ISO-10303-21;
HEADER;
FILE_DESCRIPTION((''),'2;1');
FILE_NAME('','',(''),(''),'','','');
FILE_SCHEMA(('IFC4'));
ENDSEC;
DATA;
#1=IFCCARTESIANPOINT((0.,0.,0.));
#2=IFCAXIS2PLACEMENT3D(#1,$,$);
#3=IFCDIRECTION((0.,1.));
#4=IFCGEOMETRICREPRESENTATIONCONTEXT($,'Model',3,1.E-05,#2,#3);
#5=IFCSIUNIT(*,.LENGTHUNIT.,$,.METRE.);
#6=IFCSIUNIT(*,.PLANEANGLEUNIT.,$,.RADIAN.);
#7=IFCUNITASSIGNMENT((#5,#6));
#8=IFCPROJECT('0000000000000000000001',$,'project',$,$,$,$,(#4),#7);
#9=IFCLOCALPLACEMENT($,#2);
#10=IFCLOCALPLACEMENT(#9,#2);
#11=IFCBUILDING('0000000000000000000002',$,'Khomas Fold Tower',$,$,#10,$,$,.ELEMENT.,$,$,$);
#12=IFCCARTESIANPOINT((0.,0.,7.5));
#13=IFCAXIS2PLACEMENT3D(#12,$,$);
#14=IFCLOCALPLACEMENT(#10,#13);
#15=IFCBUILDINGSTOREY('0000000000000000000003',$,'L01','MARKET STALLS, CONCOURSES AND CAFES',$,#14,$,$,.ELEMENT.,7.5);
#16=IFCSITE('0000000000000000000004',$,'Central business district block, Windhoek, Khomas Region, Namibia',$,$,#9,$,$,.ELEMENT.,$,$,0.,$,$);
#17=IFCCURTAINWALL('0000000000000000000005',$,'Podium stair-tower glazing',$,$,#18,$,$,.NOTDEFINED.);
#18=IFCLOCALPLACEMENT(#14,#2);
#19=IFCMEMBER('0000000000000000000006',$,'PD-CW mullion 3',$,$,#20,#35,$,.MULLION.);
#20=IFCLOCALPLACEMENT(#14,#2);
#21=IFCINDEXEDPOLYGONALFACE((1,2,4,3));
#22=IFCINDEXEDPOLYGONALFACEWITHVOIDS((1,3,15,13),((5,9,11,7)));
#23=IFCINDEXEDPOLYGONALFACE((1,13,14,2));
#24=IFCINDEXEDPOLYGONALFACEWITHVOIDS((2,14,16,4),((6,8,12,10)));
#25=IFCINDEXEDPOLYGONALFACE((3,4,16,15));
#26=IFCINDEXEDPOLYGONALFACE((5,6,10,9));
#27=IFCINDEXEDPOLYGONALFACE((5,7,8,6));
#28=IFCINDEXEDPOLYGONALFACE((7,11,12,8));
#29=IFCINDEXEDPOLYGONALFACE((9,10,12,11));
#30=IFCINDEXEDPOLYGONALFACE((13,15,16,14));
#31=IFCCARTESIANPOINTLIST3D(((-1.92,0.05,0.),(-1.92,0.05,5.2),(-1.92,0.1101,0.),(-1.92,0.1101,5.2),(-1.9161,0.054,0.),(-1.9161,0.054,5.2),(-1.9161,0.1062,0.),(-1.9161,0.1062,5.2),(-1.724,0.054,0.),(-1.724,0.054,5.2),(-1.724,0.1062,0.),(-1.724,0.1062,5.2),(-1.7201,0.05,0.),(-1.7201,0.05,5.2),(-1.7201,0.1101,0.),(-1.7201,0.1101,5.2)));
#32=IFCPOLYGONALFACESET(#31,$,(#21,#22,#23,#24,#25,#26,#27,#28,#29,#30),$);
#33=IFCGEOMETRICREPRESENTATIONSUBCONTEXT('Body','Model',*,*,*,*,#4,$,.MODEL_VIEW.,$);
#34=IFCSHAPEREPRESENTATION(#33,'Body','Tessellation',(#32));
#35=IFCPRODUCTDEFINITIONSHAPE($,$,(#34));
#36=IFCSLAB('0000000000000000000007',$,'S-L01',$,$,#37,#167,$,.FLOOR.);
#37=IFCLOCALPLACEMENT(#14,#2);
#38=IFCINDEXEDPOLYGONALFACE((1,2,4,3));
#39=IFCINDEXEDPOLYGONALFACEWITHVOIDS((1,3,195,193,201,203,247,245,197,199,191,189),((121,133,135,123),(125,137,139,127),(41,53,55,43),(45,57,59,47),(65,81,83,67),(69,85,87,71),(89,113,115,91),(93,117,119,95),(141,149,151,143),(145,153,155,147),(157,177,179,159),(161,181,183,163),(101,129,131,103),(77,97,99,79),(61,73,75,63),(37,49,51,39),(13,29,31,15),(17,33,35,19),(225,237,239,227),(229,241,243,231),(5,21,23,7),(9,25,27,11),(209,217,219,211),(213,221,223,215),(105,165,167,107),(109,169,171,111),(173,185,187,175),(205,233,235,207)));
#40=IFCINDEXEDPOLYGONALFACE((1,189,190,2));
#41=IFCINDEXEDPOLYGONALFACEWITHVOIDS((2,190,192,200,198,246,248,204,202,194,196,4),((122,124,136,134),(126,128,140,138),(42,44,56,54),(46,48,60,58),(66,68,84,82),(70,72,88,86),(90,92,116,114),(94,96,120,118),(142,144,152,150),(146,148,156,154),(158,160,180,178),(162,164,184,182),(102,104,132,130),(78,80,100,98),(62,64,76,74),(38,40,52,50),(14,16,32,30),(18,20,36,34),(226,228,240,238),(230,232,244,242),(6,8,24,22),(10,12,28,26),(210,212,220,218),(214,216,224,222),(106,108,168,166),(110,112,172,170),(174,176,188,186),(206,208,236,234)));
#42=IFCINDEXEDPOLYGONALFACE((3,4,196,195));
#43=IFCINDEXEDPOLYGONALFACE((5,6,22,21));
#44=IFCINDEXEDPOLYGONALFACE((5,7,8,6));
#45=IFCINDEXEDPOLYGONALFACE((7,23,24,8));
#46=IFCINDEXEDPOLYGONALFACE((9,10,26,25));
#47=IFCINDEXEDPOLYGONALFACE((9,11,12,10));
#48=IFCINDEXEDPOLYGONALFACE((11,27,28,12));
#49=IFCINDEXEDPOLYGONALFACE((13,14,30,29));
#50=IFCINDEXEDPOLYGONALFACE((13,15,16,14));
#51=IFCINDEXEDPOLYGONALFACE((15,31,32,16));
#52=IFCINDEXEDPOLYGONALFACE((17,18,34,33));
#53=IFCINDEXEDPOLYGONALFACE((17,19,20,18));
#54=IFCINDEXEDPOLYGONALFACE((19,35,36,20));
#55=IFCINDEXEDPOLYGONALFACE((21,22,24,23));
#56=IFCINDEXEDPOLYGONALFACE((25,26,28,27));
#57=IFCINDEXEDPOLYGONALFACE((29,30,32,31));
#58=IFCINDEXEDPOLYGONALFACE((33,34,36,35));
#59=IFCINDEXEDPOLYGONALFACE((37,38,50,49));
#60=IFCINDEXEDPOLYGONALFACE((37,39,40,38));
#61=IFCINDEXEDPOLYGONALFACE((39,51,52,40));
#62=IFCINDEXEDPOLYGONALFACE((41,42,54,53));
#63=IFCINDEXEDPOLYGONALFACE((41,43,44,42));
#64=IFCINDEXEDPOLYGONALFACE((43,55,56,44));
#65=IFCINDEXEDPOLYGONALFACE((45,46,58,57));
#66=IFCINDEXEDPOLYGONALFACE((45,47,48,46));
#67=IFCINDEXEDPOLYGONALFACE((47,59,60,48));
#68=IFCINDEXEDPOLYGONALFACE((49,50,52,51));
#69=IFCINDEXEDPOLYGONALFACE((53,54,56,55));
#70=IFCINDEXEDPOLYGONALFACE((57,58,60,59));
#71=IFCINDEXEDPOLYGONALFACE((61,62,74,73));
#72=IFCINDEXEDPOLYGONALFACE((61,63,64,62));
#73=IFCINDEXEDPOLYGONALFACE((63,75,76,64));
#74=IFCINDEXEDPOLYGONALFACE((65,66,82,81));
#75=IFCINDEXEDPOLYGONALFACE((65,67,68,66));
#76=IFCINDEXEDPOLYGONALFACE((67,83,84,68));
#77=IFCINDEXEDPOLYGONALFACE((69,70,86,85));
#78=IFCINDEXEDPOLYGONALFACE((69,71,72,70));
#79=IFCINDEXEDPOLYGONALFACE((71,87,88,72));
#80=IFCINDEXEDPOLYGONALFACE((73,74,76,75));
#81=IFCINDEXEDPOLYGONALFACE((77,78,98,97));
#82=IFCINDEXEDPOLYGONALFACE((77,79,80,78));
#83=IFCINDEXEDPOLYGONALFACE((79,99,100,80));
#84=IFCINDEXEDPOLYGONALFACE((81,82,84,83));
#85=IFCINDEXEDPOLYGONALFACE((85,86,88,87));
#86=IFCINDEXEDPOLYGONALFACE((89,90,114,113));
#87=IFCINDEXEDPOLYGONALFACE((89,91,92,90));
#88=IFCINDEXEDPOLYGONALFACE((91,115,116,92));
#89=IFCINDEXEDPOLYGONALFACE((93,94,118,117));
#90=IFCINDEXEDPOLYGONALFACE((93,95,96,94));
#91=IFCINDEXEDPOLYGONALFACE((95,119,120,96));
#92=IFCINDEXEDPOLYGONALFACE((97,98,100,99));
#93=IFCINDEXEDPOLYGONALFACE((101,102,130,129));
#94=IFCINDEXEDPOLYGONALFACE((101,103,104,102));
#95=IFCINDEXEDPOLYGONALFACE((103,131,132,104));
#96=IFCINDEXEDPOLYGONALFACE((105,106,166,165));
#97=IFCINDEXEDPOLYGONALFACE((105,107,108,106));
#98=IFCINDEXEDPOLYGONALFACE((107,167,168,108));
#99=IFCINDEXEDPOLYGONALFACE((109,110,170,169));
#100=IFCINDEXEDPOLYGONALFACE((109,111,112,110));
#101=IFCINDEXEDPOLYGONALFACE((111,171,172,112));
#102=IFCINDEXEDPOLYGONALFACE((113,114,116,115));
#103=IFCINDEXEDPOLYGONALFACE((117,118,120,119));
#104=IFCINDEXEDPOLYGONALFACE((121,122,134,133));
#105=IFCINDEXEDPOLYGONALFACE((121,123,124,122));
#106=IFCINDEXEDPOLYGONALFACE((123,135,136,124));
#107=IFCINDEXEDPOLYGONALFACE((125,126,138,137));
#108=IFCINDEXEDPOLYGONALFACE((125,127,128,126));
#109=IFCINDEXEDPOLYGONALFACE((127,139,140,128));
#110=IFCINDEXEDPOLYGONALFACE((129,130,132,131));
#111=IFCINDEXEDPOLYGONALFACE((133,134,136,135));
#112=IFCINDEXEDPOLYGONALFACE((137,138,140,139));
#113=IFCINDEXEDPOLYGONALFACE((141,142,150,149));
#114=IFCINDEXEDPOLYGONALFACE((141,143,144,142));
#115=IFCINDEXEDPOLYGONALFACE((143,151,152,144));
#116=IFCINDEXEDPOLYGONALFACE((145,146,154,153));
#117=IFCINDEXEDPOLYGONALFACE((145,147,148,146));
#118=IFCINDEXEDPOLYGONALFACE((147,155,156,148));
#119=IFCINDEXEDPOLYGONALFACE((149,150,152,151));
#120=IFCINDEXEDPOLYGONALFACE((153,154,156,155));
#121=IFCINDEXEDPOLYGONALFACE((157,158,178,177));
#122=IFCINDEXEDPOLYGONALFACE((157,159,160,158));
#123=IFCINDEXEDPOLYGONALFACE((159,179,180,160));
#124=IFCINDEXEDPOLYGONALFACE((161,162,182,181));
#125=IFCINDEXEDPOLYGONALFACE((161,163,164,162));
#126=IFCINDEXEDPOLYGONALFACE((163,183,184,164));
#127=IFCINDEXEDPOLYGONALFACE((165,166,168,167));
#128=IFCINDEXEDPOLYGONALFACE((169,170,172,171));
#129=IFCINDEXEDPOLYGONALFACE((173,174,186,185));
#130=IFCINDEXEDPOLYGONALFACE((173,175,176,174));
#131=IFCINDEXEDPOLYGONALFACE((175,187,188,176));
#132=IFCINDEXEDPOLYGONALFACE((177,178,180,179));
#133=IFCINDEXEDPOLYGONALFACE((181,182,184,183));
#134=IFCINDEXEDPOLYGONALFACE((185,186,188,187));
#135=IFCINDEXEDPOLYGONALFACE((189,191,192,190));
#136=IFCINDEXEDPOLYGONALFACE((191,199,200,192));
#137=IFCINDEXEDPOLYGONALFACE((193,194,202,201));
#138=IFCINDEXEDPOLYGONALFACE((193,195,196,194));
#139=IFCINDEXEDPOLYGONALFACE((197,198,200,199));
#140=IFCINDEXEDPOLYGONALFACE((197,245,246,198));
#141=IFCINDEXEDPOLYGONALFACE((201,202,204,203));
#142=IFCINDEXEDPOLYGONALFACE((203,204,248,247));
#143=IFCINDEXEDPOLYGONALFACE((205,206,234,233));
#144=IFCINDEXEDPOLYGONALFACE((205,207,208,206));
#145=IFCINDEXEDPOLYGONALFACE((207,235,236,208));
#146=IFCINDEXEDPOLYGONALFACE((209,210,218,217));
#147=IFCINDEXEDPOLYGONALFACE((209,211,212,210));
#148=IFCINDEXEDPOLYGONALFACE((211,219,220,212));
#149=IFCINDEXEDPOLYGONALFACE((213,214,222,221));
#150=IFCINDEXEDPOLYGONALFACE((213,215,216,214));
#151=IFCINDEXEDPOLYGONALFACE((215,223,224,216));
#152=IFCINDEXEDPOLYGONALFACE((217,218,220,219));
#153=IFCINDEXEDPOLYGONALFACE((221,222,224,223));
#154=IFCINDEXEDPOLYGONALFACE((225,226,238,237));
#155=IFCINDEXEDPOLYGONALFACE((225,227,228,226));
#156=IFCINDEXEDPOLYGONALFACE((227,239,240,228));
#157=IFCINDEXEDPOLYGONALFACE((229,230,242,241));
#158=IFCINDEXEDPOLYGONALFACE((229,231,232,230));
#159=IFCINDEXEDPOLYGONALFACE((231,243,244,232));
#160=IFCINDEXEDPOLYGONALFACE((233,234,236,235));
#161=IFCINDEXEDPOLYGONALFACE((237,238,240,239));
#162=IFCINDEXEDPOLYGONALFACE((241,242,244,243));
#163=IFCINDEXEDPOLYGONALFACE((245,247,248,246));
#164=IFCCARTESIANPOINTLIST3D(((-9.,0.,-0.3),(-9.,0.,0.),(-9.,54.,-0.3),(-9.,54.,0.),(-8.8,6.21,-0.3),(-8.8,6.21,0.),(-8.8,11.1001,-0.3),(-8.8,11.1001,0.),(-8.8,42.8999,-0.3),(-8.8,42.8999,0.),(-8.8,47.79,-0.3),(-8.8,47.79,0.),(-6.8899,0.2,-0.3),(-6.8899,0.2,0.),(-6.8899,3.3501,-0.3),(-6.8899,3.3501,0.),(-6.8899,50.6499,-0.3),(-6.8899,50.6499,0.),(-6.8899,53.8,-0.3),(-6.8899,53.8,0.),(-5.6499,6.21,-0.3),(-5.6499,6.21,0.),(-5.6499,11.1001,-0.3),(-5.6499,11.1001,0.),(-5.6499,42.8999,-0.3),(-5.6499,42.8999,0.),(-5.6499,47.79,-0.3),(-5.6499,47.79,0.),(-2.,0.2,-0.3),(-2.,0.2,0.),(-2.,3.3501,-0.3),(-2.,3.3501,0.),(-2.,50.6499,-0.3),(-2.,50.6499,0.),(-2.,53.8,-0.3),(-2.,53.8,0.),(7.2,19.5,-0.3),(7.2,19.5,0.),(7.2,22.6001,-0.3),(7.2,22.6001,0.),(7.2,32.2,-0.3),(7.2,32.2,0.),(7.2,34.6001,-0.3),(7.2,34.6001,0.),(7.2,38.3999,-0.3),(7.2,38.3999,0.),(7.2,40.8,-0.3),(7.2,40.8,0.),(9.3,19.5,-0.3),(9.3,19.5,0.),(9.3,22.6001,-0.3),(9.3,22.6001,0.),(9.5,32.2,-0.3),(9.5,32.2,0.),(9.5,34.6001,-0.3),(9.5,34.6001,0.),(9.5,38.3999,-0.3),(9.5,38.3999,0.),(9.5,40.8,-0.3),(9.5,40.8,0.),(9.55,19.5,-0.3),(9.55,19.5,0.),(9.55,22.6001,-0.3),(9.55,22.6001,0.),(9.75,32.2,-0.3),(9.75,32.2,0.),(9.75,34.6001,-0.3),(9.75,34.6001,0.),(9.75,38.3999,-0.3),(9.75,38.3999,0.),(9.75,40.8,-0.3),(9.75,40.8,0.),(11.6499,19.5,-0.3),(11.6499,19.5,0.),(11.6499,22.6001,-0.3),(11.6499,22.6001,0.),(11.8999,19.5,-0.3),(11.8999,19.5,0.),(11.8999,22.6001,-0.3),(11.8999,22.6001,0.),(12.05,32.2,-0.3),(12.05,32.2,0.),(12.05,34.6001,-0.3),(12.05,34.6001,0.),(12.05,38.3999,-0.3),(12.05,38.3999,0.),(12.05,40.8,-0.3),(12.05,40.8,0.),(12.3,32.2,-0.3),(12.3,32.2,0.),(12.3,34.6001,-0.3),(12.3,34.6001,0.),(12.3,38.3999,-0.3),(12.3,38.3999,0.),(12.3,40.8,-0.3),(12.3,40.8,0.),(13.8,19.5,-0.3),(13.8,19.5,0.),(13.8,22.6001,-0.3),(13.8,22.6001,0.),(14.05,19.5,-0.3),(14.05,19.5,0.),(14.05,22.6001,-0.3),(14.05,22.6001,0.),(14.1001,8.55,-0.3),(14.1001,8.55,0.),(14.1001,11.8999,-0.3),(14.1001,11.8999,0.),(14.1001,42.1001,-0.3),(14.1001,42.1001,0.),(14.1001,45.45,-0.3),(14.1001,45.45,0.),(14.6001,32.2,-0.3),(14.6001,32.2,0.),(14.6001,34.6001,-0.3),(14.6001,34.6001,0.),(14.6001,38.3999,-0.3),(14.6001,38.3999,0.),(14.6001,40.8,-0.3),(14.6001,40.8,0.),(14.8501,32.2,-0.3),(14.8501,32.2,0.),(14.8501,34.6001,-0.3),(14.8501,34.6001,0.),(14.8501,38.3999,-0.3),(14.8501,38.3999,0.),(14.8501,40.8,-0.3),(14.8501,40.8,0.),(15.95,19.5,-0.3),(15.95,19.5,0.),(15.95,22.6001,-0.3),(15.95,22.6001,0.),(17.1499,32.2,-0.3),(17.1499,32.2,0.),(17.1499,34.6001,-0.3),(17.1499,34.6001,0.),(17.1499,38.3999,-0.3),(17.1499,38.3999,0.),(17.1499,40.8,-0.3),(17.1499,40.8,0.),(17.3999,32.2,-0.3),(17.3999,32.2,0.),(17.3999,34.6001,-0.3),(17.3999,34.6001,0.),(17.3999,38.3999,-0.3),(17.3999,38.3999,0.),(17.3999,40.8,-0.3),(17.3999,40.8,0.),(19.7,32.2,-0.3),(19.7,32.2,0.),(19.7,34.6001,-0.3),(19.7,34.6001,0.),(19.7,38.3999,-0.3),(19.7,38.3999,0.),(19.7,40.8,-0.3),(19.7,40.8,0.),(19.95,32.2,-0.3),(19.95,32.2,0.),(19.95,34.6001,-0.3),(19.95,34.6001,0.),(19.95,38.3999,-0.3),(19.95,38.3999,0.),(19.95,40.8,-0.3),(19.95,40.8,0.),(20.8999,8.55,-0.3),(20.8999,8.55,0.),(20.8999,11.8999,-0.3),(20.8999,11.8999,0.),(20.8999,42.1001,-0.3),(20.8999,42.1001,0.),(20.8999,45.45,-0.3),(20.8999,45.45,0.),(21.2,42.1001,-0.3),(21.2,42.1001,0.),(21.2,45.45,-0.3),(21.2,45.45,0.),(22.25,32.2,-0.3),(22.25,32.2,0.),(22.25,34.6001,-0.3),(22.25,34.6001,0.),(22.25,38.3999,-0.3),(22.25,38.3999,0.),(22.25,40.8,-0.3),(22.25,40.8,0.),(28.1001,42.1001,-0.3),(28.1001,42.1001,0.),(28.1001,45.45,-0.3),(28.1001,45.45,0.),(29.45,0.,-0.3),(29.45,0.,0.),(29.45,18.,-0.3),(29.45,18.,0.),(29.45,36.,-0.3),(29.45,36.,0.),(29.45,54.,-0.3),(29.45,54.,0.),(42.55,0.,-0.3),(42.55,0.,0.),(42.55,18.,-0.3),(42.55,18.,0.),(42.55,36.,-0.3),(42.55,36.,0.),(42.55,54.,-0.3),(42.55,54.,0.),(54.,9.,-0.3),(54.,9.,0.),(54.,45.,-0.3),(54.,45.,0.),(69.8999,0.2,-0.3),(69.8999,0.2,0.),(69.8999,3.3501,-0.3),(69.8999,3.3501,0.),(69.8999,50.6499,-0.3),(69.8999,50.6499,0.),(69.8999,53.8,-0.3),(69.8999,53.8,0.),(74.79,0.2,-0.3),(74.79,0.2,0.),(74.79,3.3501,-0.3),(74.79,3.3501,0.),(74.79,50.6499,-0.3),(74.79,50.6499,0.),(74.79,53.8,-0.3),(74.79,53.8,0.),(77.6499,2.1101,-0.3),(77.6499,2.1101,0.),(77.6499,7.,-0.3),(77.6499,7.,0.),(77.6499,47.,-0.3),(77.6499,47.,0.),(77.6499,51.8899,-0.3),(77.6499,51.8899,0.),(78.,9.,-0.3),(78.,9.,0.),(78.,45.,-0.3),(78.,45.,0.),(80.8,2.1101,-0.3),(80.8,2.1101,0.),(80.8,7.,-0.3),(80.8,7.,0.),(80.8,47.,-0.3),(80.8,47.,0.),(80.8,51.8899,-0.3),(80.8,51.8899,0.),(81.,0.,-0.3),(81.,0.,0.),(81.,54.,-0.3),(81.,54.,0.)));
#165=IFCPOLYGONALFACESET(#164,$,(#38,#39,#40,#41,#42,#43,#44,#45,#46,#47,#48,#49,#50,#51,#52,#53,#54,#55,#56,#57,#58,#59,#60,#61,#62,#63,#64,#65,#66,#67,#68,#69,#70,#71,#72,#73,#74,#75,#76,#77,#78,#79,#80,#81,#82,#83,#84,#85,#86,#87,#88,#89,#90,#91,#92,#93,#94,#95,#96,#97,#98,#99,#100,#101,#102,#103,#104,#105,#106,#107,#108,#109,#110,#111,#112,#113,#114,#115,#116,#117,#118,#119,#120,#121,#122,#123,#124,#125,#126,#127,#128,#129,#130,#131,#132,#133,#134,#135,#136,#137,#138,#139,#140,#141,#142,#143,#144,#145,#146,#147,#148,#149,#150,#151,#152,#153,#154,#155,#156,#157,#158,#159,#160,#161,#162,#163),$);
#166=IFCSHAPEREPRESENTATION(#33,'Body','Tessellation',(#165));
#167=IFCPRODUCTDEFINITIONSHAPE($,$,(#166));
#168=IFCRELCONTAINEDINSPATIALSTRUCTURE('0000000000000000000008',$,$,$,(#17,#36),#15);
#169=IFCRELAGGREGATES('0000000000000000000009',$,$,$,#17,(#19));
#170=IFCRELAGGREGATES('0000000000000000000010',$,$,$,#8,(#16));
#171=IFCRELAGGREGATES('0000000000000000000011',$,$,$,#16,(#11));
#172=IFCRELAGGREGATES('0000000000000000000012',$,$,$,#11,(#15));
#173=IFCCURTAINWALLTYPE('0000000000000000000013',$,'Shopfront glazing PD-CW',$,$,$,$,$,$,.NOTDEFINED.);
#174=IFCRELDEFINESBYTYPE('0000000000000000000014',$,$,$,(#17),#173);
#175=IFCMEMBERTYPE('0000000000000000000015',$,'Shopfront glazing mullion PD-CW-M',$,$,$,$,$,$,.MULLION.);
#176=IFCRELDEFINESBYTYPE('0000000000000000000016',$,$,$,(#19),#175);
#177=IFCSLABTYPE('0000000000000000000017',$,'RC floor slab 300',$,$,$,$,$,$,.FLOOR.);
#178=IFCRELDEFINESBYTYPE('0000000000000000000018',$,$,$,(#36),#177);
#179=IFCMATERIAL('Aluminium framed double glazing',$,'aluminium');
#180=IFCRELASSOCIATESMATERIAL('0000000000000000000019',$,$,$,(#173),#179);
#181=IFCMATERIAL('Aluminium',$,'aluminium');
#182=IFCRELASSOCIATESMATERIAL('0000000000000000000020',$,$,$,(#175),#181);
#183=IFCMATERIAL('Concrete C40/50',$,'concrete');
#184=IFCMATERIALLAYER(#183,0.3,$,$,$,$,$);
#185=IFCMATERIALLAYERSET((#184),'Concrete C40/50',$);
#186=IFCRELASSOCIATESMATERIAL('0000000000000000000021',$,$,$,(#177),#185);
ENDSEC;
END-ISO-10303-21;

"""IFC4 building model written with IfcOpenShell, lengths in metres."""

from ifc_helpers import new_model, si_unit, direction, frame, origin, origin_2d, place, context, subcontext, project, spatial, polyline, hollow_rectangle, outline, extrude, source, transform, mapped, material, layer, layer_set, material_profile, profile_set, type_object, element, aggregate, save


model = new_model("IFC4")

# Units and contexts
model_context = context("Model", 3, precision=1e-05, world=origin(), true_north=direction((0.0, 1.0)))
body_context = subcontext(model_context, "Body", "Model", "MODEL_VIEW")
ifc_project = project(units=[si_unit("LENGTHUNIT", "METRE"), si_unit("PLANEANGLEUNIT", "RADIAN")], contexts=[model_context])

# Site, building, storey
site_placement = place(None, origin())
site = spatial("IfcSite", under=ifc_project, at=site_placement, Name="Central business district block, Windhoek, Khomas Region, Namibia", CompositionType="ELEMENT", RefElevation=0.0)
building_placement = place(site_placement, origin())
building = spatial("IfcBuilding", under=site, at=building_placement, Name="Khomas Fold Tower", CompositionType="ELEMENT")
storey_placement = place(building_placement, frame((0.0, 0.0, 7.5)))
storey = spatial("IfcBuildingStorey", under=building, at=storey_placement, Name="L01", Description="MARKET STALLS, CONCOURSES AND CAFES", CompositionType="ELEMENT", Elevation=7.5)

# Curtain wall, member
ifc_material_1 = material(Name="Aluminium framed double glazing", Category="aluminium")
curtain_wall_type = type_object("IfcCurtainWallType", Name="Shopfront glazing PD-CW", PredefinedType="NOTDEFINED", material=ifc_material_1)
curtain_wall_placement = place(storey_placement, origin())
curtain_wall = element("IfcCurtainWall", 1, at=curtain_wall_placement, inside=storey, type_object=curtain_wall_type, Name="Podium stair-tower glazing", PredefinedType="NOTDEFINED")
ifc_material_2 = material(Name="Aluminium", Category="aluminium")
ifc_material_profile = material_profile(ifc_material_2, hollow_rectangle(XDim=0.0601, YDim=0.2, WallThickness=0.0039, at=origin_2d()), Name="Shopfront glazing mullion PD-CW-M")
ifc_profile_set = profile_set([ifc_material_profile], Name="Aluminium")
member_type = type_object("IfcMemberType", Name="Shopfront glazing mullion PD-CW-M", PredefinedType="MULLION", material=ifc_profile_set)
shared_shape_1 = source(origin(), body_context, "Body", "SweptSolid", [
    extrude(hollow_rectangle(XDim=0.0601, YDim=0.2, WallThickness=0.0039, at=origin_2d()), origin(), (0.0, 0.0, 1.0), 5.2),
])
member_placement = place(storey_placement, frame((-1.8201, 0.0801, 0.0), z_axis=(0.0, 0.0, 1.0), x_axis=(0.0, 1.0, 0.0)))
member = element("IfcMember", 2, at=member_placement, type_object=member_type, Name="PD-CW mullion 3", PredefinedType="MULLION", context=body_context, shape_type="MappedRepresentation", body=[
    mapped(shared_shape_1, transform((0.0, 0.0, 0.0))),
])

# Slab
ifc_material_3 = material(Name="Concrete C40/50", Category="concrete")
ifc_layer_1 = layer(ifc_material_3, 0.3)
ifc_layer_set_1 = layer_set([ifc_layer_1], Name="Concrete C40/50")
slab_type_1 = type_object("IfcSlabType", Name="RC floor slab 300", PredefinedType="FLOOR", material=ifc_layer_set_1)
shared_shape_2 = source(origin(), body_context, "Body", "SweptSolid", [
    extrude(outline(polyline([(-9.0, 0.0), (29.45, 0.0), (29.45, 18.0), (42.55, 18.0), (42.55, 0.0), (81.0, 0.0), (81.0, 54.0), (42.55, 54.0), (42.55, 36.0), (29.45, 36.0), (29.45, 54.0), (-9.0, 54.0), (-9.0, 0.0)]), holes=[polyline([(-8.8, 6.21), (-8.8, 11.1001), (-5.6499, 11.1001), (-5.6499, 6.21), (-8.8, 6.21)]), polyline([(-8.8, 42.8999), (-8.8, 47.79), (-5.6499, 47.79), (-5.6499, 42.8999), (-8.8, 42.8999)]), polyline([(-6.8899, 0.2), (-6.8899, 3.3501), (-2.0, 3.3501), (-2.0, 0.2), (-6.8899, 0.2)]), polyline([(-6.8899, 50.6499), (-6.8899, 53.8), (-2.0, 53.8), (-2.0, 50.6499), (-6.8899, 50.6499)]), polyline([(7.2, 19.5), (7.2, 22.6001), (9.3, 22.6001), (9.3, 19.5), (7.2, 19.5)]), polyline([(7.2, 32.2), (7.2, 34.6001), (9.5, 34.6001), (9.5, 32.2), (7.2, 32.2)]), polyline([(7.2, 38.3999), (7.2, 40.8), (9.5, 40.8), (9.5, 38.3999), (7.2, 38.3999)]), polyline([(9.55, 19.5), (9.55, 22.6001), (11.6499, 22.6001), (11.6499, 19.5), (9.55, 19.5)]), polyline([(9.75, 32.2), (9.75, 34.6001), (12.05, 34.6001), (12.05, 32.2), (9.75, 32.2)]), polyline([(9.75, 38.3999), (9.75, 40.8), (12.05, 40.8), (12.05, 38.3999), (9.75, 38.3999)]), polyline([(11.8999, 19.5), (11.8999, 22.6001), (13.8, 22.6001), (13.8, 19.5), (11.8999, 19.5)]), polyline([(12.3, 32.2), (12.3, 34.6001), (14.6001, 34.6001), (14.6001, 32.2), (12.3, 32.2)]), polyline([(12.3, 38.3999), (12.3, 40.8), (14.6001, 40.8), (14.6001, 38.3999), (12.3, 38.3999)]), polyline([(14.05, 19.5), (14.05, 22.6001), (15.95, 22.6001), (15.95, 19.5), (14.05, 19.5)]), polyline([(14.1001, 8.55), (14.1001, 11.8999), (20.8999, 11.8999), (20.8999, 8.55), (14.1001, 8.55)]), polyline([(14.1001, 42.1001), (14.1001, 45.45), (20.8999, 45.45), (20.8999, 42.1001), (14.1001, 42.1001)]), polyline([(14.8501, 32.2), (14.8501, 34.6001), (17.1499, 34.6001), (17.1499, 32.2), (14.8501, 32.2)]), polyline([(14.8501, 38.3999), (14.8501, 40.8), (17.1499, 40.8), (17.1499, 38.3999), (14.8501, 38.3999)]), polyline([(17.3999, 32.2), (17.3999, 34.6001), (19.7, 34.6001), (19.7, 32.2), (17.3999, 32.2)]), polyline([(17.3999, 38.3999), (17.3999, 40.8), (19.7, 40.8), (19.7, 38.3999), (17.3999, 38.3999)]), polyline([(19.95, 32.2), (19.95, 34.6001), (22.25, 34.6001), (22.25, 32.2), (19.95, 32.2)]), polyline([(19.95, 38.3999), (19.95, 40.8), (22.25, 40.8), (22.25, 38.3999), (19.95, 38.3999)]), polyline([(21.2, 42.1001), (21.2, 45.45), (28.1001, 45.45), (28.1001, 42.1001), (21.2, 42.1001)]), polyline([(54.0, 9.0), (54.0, 45.0), (78.0, 45.0), (78.0, 9.0), (54.0, 9.0)]), polyline([(69.8999, 0.2), (69.8999, 3.3501), (74.79, 3.3501), (74.79, 0.2), (69.8999, 0.2)]), polyline([(69.8999, 50.6499), (69.8999, 53.8), (74.79, 53.8), (74.79, 50.6499), (69.8999, 50.6499)]), polyline([(77.6499, 2.1101), (77.6499, 7.0), (80.8, 7.0), (80.8, 2.1101), (77.6499, 2.1101)]), polyline([(77.6499, 47.0), (77.6499, 51.8899), (80.8, 51.8899), (80.8, 47.0), (77.6499, 47.0)])]), origin(), (0.0, 0.0, 1.0), 0.3),
])
slab_1_placement = place(storey_placement, frame((0.0, 0.0, -0.3)))
element("IfcSlab", 3, at=slab_1_placement, inside=storey, type_object=slab_type_1, Name="S-L01", PredefinedType="FLOOR", context=body_context, shape_type="MappedRepresentation", body=[
    mapped(shared_shape_2, transform((0.0, 0.0, 0.0))),
])

aggregate(curtain_wall, [member])

save(model, "model.ifc")
